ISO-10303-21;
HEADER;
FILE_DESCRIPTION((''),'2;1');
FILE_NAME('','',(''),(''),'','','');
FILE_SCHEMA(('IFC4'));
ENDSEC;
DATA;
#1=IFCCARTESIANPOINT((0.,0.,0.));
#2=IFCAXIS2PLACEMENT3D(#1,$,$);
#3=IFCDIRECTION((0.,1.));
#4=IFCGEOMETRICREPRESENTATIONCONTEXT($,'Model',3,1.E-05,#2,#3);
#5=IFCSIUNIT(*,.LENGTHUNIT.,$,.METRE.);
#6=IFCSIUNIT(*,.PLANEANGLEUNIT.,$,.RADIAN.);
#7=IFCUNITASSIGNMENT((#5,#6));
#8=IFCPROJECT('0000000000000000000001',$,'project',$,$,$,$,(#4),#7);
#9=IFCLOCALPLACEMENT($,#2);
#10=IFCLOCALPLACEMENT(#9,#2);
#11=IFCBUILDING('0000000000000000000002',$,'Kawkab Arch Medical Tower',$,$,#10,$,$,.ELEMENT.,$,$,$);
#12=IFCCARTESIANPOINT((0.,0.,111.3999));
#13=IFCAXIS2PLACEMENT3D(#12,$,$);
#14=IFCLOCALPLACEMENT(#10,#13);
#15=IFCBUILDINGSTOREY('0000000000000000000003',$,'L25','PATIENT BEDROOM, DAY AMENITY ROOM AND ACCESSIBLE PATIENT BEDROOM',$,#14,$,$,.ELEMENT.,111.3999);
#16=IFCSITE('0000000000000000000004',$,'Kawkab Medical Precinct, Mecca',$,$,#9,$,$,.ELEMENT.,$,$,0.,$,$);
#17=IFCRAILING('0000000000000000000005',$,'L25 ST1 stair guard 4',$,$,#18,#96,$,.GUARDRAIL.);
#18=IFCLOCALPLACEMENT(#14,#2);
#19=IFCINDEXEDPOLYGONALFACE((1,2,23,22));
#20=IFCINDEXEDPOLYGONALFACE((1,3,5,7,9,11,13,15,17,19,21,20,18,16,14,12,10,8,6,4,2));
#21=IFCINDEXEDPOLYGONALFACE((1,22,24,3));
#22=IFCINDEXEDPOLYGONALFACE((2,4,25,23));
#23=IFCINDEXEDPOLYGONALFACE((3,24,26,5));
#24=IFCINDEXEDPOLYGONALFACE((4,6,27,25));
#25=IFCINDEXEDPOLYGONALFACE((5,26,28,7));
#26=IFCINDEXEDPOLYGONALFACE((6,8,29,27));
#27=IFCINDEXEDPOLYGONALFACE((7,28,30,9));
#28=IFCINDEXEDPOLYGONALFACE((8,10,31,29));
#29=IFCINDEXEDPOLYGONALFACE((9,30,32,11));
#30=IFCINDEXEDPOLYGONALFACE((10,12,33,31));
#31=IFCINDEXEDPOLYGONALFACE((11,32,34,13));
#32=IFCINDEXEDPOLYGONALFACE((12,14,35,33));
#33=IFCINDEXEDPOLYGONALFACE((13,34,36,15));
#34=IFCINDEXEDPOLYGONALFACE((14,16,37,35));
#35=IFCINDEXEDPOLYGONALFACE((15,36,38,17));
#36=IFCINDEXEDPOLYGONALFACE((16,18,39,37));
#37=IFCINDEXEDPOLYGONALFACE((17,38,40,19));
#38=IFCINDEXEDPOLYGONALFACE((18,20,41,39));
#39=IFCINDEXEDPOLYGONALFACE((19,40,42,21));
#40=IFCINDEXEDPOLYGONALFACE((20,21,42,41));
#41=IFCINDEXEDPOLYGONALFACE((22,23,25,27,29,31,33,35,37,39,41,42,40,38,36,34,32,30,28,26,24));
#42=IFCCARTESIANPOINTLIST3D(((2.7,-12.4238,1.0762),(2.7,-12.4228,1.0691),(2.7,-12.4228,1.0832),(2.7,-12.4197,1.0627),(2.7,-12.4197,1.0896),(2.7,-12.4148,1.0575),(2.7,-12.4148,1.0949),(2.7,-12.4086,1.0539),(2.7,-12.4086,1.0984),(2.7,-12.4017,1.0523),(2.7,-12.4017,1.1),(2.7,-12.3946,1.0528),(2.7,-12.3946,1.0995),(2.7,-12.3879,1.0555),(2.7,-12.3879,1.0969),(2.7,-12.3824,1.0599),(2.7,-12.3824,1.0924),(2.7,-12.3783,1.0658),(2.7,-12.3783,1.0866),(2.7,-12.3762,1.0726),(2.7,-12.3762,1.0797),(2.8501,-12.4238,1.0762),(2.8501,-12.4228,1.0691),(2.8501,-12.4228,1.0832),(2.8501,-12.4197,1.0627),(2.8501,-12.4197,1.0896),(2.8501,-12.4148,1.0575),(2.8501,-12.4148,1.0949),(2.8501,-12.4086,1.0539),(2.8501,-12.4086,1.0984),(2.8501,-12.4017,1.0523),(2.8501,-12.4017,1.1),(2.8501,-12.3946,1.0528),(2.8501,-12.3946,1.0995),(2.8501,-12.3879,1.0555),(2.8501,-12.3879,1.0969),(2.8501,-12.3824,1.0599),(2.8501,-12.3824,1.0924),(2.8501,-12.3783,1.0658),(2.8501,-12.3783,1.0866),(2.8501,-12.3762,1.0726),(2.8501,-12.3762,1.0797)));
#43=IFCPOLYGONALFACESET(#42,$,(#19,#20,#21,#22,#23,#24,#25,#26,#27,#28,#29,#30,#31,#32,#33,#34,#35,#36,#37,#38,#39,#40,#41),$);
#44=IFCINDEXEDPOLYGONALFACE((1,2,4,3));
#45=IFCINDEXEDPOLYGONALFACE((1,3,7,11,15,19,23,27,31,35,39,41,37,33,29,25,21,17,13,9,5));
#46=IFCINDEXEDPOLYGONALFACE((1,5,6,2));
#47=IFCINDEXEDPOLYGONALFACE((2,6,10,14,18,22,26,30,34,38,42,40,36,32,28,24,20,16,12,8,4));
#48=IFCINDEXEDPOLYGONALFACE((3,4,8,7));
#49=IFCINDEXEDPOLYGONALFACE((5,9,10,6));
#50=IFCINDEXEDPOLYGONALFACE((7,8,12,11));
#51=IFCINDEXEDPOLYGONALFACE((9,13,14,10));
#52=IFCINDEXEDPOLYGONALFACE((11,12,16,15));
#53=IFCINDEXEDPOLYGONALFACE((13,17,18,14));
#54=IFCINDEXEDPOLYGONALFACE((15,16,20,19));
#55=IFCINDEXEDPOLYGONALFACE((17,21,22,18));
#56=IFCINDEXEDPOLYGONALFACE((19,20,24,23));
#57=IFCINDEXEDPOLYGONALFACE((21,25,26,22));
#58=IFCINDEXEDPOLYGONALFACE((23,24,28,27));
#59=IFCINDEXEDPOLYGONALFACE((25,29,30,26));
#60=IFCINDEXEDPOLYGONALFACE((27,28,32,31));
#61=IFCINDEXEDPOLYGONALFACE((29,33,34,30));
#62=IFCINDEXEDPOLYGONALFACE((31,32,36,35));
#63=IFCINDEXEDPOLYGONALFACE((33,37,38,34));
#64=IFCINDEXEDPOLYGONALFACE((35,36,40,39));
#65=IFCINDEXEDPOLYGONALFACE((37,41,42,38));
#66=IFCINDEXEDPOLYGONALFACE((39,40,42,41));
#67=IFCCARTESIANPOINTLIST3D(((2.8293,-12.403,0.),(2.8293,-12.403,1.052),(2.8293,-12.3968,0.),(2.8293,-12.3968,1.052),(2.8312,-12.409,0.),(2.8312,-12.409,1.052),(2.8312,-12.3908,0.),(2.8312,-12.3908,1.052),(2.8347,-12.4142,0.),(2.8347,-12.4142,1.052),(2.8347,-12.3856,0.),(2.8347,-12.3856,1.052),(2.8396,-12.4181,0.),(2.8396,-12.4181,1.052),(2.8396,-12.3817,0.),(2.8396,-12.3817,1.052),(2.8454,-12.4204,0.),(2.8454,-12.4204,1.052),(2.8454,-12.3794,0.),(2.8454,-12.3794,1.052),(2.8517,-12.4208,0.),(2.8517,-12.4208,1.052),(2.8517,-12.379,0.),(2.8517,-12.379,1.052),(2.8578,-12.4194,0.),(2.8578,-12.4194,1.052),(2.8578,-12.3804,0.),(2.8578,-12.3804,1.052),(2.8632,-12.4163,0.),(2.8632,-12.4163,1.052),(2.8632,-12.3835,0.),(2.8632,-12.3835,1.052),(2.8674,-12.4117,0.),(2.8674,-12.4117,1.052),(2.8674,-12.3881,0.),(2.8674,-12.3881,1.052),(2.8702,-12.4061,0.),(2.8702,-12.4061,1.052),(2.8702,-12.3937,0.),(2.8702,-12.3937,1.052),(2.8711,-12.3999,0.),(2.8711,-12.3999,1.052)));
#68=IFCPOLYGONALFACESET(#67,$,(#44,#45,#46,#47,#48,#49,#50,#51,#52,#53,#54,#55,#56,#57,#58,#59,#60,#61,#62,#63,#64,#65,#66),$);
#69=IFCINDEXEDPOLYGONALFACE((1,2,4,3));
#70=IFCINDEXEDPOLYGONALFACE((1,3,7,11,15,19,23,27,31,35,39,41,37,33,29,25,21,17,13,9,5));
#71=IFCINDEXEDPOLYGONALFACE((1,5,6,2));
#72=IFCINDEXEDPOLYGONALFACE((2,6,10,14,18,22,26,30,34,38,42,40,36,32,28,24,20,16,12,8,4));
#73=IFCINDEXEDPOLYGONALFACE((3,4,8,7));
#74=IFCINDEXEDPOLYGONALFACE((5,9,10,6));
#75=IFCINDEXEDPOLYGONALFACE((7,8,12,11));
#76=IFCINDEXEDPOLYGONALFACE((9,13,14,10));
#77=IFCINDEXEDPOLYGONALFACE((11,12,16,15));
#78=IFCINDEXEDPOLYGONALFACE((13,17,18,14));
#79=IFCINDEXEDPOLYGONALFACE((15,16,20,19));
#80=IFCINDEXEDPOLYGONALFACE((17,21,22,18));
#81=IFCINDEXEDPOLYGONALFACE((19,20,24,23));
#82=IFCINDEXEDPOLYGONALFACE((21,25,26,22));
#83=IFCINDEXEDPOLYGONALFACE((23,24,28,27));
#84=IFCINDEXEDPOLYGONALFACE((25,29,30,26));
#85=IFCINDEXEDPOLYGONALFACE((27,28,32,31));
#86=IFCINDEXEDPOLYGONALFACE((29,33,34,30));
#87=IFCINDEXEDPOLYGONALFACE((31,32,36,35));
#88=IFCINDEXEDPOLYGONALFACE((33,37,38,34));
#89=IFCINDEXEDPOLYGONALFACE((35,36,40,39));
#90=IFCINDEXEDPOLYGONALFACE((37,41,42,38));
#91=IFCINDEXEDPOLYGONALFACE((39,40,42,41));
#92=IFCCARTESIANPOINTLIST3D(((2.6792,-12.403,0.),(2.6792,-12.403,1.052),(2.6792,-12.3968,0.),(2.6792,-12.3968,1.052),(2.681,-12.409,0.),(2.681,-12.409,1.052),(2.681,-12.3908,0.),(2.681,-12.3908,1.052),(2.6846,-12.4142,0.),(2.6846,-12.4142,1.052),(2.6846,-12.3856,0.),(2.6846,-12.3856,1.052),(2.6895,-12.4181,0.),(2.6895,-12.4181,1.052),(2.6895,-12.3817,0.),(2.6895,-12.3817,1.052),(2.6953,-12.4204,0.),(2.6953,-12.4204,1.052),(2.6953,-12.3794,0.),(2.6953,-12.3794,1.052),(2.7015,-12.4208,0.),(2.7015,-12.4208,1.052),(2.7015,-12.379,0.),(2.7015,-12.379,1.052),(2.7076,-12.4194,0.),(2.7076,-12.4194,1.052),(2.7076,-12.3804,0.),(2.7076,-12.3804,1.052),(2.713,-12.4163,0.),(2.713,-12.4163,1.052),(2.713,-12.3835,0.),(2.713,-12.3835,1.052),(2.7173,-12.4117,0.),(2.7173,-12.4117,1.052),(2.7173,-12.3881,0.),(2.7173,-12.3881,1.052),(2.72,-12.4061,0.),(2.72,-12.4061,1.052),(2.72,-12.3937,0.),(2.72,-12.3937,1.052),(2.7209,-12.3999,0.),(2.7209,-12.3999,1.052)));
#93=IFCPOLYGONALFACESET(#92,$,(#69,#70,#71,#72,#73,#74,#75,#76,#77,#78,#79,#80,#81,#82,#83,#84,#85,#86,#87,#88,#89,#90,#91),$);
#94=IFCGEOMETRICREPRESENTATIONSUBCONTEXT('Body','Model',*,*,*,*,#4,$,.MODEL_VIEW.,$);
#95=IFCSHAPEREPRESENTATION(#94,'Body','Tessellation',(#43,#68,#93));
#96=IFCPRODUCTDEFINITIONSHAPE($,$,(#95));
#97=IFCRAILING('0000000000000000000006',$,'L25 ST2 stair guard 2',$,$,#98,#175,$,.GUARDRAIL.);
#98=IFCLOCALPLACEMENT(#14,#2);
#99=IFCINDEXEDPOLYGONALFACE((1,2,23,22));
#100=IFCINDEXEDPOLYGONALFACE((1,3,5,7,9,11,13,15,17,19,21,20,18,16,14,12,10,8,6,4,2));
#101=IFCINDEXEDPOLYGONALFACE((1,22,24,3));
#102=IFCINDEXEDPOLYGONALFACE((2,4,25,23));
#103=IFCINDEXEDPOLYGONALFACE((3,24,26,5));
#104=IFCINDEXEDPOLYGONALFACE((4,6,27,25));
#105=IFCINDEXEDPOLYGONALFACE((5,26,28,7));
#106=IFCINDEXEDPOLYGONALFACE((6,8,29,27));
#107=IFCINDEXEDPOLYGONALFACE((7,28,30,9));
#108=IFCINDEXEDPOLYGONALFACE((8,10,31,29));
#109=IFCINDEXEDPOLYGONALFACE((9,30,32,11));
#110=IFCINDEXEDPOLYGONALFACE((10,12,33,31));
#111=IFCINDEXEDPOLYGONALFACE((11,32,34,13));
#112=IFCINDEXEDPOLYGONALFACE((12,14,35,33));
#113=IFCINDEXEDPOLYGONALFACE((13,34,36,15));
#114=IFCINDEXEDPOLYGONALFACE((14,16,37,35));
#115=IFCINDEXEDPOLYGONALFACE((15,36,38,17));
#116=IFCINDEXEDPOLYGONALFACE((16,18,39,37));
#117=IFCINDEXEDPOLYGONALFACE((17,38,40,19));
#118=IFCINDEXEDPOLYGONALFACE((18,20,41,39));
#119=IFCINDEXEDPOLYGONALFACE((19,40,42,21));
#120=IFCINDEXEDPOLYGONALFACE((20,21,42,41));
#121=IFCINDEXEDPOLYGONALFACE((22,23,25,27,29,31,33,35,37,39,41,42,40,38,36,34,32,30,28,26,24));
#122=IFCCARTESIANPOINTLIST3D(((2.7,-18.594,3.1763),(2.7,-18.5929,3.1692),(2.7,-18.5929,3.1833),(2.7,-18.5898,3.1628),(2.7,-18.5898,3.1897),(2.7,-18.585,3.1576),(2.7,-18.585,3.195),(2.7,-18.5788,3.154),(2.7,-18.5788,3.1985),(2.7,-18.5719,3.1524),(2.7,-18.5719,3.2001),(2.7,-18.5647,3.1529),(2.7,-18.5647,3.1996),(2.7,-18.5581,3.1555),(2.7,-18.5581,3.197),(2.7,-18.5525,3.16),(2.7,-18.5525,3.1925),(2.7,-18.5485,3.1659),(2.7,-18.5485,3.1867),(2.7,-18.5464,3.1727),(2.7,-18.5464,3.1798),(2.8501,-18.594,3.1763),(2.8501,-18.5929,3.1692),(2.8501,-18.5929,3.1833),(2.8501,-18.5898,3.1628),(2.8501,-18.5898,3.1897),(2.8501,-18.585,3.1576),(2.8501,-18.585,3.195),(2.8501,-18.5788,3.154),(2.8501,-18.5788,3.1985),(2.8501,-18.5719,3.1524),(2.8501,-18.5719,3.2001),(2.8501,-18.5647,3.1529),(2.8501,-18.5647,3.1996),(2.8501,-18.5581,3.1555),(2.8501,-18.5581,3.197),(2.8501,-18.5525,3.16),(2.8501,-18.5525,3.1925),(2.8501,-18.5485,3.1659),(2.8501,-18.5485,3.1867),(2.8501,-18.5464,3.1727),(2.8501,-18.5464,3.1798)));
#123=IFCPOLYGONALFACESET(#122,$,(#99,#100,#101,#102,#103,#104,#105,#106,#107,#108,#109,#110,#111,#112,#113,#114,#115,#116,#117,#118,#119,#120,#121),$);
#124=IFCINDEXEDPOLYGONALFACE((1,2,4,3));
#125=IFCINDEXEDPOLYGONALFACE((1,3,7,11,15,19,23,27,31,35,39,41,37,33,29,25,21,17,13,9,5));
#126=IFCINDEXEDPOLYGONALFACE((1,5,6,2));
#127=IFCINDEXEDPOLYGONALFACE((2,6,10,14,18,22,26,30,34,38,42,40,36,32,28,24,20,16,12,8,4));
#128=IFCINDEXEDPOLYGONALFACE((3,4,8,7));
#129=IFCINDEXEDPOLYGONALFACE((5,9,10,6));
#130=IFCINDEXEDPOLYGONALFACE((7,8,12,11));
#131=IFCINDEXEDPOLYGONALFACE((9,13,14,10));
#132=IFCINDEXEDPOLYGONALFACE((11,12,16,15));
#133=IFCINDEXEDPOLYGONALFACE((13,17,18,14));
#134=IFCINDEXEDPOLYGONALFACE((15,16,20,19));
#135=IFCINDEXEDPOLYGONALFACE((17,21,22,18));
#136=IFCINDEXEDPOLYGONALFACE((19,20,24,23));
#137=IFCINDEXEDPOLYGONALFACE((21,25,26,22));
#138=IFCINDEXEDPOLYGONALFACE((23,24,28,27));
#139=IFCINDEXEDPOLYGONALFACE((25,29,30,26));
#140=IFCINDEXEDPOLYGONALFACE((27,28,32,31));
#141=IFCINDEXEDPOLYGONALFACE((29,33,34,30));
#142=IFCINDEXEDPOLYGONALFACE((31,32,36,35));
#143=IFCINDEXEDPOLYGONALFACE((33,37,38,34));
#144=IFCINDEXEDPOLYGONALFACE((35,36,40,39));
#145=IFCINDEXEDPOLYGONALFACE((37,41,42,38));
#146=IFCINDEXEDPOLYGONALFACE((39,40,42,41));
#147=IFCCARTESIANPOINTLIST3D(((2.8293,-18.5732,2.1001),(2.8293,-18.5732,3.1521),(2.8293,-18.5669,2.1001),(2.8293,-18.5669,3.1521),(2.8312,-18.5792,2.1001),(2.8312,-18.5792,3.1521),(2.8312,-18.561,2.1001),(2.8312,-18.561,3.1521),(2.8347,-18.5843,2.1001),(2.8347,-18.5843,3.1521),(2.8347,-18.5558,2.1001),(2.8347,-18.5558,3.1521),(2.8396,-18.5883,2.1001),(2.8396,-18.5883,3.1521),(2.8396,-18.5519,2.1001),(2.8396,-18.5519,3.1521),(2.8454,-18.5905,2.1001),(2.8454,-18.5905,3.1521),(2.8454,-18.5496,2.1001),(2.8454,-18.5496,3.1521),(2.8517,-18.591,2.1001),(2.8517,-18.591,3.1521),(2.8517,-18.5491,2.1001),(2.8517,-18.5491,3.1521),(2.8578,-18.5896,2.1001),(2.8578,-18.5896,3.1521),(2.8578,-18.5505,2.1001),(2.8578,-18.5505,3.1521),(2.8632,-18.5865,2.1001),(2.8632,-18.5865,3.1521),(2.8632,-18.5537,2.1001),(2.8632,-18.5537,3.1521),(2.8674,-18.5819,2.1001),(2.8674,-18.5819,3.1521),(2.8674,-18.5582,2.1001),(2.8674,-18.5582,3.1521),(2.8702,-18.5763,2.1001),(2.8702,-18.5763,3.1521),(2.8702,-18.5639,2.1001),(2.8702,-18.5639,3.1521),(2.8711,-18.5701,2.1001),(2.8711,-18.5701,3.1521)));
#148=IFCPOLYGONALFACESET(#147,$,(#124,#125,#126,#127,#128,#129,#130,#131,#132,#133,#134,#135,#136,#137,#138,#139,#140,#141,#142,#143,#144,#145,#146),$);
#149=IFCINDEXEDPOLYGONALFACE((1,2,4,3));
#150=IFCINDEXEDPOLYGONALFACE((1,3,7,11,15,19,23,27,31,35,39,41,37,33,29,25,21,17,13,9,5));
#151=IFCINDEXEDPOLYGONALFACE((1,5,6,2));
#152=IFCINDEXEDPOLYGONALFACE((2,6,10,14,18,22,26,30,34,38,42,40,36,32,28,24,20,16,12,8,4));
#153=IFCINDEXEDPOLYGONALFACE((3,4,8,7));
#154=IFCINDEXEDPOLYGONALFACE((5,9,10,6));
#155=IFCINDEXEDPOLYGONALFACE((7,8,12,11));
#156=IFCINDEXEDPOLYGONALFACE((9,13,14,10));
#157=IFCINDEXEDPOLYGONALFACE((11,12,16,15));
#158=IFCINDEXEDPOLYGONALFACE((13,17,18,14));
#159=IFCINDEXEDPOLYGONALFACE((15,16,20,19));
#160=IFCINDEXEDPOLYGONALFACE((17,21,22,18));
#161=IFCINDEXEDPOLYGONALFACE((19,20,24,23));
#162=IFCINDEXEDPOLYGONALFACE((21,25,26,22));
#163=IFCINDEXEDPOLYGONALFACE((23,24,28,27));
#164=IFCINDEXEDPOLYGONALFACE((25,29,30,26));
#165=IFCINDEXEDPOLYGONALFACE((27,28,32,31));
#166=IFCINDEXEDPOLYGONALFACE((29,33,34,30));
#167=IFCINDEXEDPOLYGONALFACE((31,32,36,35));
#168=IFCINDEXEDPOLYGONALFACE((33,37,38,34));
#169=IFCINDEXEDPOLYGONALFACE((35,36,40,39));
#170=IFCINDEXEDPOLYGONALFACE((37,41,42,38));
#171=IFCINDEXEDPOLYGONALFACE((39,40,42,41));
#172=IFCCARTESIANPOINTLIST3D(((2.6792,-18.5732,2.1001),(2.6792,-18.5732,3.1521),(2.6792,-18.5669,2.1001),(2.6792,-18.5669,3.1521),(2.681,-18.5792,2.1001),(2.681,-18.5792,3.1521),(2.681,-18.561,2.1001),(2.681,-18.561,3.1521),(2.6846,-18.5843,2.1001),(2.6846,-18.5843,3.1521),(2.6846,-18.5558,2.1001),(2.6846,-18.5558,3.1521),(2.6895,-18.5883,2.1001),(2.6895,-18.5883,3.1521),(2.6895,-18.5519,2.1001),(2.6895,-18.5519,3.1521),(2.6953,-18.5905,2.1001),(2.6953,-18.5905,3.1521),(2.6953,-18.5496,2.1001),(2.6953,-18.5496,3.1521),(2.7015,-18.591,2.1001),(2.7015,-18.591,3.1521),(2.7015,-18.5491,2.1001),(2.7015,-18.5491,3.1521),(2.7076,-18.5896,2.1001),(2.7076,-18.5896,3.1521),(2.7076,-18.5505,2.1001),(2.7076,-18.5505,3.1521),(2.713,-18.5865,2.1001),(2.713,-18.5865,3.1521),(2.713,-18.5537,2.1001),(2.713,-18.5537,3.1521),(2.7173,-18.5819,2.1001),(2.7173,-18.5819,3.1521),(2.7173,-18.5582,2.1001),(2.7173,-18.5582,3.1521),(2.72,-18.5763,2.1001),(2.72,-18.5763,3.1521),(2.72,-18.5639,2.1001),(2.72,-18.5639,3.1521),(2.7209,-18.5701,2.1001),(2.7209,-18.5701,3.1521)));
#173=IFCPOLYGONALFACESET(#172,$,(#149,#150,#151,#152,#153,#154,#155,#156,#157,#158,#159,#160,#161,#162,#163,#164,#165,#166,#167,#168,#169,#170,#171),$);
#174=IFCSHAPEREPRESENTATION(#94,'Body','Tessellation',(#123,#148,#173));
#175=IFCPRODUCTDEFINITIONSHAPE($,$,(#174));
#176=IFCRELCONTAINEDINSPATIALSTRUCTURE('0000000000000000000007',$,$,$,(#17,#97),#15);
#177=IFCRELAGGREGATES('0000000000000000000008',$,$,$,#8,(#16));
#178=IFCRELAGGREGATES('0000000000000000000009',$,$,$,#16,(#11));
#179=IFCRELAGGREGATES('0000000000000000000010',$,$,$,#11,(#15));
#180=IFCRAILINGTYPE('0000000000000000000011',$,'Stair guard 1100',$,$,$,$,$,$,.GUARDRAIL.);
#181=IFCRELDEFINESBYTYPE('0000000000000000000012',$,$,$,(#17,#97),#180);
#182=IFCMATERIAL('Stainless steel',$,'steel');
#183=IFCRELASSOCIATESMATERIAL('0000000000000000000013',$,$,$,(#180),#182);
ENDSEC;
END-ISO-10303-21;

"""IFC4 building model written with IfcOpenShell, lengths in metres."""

from ifc_helpers import new_model, si_unit, direction, frame, origin, origin_2d, place, context, subcontext, project, spatial, circle, extrude, material, type_object, element, save


model = new_model("IFC4")

# Units and contexts
model_context = context("Model", 3, precision=1e-05, world=origin(), true_north=direction((0.0, 1.0)))
body_context = subcontext(model_context, "Body", "Model", "MODEL_VIEW")
ifc_project = project(units=[si_unit("LENGTHUNIT", "METRE"), si_unit("PLANEANGLEUNIT", "RADIAN")], contexts=[model_context])

# Site, building, storey
site_placement = place(None, origin())
site = spatial("IfcSite", under=ifc_project, at=site_placement, Name="Kawkab Medical Precinct, Mecca", CompositionType="ELEMENT", RefElevation=0.0)
building_placement = place(site_placement, origin())
building = spatial("IfcBuilding", under=site, at=building_placement, Name="Kawkab Arch Medical Tower", CompositionType="ELEMENT")
storey_placement = place(building_placement, frame((0.0, 0.0, 111.3999)))
storey = spatial("IfcBuildingStorey", under=building, at=storey_placement, Name="L25", Description="PATIENT BEDROOM, DAY AMENITY ROOM AND ACCESSIBLE PATIENT BEDROOM", CompositionType="ELEMENT", Elevation=111.3999)

# Railings
ifc_material_1 = material(Name="Stainless steel", Category="steel")
railing_type = type_object("IfcRailingType", Name="Stair guard 1100", PredefinedType="GUARDRAIL", material=ifc_material_1)
for number, where, name in (
    (1, (2.8501, -12.3999, 0.0), "L25 ST1 stair guard 4"),
    (2, (2.8501, -18.5701, 2.1001), "L25 ST2 stair guard 2"),
):
    element("IfcRailing", number, at=place(storey_placement, frame(where)), inside=storey, type_object=railing_type, Name=name, PredefinedType="GUARDRAIL", context=body_context, shape_type="SweptSolid", body=[
        extrude(circle(Radius=0.0239, at=origin_2d()), frame((0.0, 0.0, 1.0762), z_axis=(-1.0, 0.0, 0.0), x_axis=(0.0, -1.0, 0.0)), (0.0, 0.0, 1.0), 0.1501),
        extrude(circle(Radius=0.021, at=origin_2d()), origin(), (0.0, 0.0, 1.0), 1.052),
        extrude(circle(Radius=0.021, at=origin_2d()), frame((-0.1501, 0.0, 0.0)), (0.0, 0.0, 1.0), 1.052),
    ])

save(model, "model.ifc")
